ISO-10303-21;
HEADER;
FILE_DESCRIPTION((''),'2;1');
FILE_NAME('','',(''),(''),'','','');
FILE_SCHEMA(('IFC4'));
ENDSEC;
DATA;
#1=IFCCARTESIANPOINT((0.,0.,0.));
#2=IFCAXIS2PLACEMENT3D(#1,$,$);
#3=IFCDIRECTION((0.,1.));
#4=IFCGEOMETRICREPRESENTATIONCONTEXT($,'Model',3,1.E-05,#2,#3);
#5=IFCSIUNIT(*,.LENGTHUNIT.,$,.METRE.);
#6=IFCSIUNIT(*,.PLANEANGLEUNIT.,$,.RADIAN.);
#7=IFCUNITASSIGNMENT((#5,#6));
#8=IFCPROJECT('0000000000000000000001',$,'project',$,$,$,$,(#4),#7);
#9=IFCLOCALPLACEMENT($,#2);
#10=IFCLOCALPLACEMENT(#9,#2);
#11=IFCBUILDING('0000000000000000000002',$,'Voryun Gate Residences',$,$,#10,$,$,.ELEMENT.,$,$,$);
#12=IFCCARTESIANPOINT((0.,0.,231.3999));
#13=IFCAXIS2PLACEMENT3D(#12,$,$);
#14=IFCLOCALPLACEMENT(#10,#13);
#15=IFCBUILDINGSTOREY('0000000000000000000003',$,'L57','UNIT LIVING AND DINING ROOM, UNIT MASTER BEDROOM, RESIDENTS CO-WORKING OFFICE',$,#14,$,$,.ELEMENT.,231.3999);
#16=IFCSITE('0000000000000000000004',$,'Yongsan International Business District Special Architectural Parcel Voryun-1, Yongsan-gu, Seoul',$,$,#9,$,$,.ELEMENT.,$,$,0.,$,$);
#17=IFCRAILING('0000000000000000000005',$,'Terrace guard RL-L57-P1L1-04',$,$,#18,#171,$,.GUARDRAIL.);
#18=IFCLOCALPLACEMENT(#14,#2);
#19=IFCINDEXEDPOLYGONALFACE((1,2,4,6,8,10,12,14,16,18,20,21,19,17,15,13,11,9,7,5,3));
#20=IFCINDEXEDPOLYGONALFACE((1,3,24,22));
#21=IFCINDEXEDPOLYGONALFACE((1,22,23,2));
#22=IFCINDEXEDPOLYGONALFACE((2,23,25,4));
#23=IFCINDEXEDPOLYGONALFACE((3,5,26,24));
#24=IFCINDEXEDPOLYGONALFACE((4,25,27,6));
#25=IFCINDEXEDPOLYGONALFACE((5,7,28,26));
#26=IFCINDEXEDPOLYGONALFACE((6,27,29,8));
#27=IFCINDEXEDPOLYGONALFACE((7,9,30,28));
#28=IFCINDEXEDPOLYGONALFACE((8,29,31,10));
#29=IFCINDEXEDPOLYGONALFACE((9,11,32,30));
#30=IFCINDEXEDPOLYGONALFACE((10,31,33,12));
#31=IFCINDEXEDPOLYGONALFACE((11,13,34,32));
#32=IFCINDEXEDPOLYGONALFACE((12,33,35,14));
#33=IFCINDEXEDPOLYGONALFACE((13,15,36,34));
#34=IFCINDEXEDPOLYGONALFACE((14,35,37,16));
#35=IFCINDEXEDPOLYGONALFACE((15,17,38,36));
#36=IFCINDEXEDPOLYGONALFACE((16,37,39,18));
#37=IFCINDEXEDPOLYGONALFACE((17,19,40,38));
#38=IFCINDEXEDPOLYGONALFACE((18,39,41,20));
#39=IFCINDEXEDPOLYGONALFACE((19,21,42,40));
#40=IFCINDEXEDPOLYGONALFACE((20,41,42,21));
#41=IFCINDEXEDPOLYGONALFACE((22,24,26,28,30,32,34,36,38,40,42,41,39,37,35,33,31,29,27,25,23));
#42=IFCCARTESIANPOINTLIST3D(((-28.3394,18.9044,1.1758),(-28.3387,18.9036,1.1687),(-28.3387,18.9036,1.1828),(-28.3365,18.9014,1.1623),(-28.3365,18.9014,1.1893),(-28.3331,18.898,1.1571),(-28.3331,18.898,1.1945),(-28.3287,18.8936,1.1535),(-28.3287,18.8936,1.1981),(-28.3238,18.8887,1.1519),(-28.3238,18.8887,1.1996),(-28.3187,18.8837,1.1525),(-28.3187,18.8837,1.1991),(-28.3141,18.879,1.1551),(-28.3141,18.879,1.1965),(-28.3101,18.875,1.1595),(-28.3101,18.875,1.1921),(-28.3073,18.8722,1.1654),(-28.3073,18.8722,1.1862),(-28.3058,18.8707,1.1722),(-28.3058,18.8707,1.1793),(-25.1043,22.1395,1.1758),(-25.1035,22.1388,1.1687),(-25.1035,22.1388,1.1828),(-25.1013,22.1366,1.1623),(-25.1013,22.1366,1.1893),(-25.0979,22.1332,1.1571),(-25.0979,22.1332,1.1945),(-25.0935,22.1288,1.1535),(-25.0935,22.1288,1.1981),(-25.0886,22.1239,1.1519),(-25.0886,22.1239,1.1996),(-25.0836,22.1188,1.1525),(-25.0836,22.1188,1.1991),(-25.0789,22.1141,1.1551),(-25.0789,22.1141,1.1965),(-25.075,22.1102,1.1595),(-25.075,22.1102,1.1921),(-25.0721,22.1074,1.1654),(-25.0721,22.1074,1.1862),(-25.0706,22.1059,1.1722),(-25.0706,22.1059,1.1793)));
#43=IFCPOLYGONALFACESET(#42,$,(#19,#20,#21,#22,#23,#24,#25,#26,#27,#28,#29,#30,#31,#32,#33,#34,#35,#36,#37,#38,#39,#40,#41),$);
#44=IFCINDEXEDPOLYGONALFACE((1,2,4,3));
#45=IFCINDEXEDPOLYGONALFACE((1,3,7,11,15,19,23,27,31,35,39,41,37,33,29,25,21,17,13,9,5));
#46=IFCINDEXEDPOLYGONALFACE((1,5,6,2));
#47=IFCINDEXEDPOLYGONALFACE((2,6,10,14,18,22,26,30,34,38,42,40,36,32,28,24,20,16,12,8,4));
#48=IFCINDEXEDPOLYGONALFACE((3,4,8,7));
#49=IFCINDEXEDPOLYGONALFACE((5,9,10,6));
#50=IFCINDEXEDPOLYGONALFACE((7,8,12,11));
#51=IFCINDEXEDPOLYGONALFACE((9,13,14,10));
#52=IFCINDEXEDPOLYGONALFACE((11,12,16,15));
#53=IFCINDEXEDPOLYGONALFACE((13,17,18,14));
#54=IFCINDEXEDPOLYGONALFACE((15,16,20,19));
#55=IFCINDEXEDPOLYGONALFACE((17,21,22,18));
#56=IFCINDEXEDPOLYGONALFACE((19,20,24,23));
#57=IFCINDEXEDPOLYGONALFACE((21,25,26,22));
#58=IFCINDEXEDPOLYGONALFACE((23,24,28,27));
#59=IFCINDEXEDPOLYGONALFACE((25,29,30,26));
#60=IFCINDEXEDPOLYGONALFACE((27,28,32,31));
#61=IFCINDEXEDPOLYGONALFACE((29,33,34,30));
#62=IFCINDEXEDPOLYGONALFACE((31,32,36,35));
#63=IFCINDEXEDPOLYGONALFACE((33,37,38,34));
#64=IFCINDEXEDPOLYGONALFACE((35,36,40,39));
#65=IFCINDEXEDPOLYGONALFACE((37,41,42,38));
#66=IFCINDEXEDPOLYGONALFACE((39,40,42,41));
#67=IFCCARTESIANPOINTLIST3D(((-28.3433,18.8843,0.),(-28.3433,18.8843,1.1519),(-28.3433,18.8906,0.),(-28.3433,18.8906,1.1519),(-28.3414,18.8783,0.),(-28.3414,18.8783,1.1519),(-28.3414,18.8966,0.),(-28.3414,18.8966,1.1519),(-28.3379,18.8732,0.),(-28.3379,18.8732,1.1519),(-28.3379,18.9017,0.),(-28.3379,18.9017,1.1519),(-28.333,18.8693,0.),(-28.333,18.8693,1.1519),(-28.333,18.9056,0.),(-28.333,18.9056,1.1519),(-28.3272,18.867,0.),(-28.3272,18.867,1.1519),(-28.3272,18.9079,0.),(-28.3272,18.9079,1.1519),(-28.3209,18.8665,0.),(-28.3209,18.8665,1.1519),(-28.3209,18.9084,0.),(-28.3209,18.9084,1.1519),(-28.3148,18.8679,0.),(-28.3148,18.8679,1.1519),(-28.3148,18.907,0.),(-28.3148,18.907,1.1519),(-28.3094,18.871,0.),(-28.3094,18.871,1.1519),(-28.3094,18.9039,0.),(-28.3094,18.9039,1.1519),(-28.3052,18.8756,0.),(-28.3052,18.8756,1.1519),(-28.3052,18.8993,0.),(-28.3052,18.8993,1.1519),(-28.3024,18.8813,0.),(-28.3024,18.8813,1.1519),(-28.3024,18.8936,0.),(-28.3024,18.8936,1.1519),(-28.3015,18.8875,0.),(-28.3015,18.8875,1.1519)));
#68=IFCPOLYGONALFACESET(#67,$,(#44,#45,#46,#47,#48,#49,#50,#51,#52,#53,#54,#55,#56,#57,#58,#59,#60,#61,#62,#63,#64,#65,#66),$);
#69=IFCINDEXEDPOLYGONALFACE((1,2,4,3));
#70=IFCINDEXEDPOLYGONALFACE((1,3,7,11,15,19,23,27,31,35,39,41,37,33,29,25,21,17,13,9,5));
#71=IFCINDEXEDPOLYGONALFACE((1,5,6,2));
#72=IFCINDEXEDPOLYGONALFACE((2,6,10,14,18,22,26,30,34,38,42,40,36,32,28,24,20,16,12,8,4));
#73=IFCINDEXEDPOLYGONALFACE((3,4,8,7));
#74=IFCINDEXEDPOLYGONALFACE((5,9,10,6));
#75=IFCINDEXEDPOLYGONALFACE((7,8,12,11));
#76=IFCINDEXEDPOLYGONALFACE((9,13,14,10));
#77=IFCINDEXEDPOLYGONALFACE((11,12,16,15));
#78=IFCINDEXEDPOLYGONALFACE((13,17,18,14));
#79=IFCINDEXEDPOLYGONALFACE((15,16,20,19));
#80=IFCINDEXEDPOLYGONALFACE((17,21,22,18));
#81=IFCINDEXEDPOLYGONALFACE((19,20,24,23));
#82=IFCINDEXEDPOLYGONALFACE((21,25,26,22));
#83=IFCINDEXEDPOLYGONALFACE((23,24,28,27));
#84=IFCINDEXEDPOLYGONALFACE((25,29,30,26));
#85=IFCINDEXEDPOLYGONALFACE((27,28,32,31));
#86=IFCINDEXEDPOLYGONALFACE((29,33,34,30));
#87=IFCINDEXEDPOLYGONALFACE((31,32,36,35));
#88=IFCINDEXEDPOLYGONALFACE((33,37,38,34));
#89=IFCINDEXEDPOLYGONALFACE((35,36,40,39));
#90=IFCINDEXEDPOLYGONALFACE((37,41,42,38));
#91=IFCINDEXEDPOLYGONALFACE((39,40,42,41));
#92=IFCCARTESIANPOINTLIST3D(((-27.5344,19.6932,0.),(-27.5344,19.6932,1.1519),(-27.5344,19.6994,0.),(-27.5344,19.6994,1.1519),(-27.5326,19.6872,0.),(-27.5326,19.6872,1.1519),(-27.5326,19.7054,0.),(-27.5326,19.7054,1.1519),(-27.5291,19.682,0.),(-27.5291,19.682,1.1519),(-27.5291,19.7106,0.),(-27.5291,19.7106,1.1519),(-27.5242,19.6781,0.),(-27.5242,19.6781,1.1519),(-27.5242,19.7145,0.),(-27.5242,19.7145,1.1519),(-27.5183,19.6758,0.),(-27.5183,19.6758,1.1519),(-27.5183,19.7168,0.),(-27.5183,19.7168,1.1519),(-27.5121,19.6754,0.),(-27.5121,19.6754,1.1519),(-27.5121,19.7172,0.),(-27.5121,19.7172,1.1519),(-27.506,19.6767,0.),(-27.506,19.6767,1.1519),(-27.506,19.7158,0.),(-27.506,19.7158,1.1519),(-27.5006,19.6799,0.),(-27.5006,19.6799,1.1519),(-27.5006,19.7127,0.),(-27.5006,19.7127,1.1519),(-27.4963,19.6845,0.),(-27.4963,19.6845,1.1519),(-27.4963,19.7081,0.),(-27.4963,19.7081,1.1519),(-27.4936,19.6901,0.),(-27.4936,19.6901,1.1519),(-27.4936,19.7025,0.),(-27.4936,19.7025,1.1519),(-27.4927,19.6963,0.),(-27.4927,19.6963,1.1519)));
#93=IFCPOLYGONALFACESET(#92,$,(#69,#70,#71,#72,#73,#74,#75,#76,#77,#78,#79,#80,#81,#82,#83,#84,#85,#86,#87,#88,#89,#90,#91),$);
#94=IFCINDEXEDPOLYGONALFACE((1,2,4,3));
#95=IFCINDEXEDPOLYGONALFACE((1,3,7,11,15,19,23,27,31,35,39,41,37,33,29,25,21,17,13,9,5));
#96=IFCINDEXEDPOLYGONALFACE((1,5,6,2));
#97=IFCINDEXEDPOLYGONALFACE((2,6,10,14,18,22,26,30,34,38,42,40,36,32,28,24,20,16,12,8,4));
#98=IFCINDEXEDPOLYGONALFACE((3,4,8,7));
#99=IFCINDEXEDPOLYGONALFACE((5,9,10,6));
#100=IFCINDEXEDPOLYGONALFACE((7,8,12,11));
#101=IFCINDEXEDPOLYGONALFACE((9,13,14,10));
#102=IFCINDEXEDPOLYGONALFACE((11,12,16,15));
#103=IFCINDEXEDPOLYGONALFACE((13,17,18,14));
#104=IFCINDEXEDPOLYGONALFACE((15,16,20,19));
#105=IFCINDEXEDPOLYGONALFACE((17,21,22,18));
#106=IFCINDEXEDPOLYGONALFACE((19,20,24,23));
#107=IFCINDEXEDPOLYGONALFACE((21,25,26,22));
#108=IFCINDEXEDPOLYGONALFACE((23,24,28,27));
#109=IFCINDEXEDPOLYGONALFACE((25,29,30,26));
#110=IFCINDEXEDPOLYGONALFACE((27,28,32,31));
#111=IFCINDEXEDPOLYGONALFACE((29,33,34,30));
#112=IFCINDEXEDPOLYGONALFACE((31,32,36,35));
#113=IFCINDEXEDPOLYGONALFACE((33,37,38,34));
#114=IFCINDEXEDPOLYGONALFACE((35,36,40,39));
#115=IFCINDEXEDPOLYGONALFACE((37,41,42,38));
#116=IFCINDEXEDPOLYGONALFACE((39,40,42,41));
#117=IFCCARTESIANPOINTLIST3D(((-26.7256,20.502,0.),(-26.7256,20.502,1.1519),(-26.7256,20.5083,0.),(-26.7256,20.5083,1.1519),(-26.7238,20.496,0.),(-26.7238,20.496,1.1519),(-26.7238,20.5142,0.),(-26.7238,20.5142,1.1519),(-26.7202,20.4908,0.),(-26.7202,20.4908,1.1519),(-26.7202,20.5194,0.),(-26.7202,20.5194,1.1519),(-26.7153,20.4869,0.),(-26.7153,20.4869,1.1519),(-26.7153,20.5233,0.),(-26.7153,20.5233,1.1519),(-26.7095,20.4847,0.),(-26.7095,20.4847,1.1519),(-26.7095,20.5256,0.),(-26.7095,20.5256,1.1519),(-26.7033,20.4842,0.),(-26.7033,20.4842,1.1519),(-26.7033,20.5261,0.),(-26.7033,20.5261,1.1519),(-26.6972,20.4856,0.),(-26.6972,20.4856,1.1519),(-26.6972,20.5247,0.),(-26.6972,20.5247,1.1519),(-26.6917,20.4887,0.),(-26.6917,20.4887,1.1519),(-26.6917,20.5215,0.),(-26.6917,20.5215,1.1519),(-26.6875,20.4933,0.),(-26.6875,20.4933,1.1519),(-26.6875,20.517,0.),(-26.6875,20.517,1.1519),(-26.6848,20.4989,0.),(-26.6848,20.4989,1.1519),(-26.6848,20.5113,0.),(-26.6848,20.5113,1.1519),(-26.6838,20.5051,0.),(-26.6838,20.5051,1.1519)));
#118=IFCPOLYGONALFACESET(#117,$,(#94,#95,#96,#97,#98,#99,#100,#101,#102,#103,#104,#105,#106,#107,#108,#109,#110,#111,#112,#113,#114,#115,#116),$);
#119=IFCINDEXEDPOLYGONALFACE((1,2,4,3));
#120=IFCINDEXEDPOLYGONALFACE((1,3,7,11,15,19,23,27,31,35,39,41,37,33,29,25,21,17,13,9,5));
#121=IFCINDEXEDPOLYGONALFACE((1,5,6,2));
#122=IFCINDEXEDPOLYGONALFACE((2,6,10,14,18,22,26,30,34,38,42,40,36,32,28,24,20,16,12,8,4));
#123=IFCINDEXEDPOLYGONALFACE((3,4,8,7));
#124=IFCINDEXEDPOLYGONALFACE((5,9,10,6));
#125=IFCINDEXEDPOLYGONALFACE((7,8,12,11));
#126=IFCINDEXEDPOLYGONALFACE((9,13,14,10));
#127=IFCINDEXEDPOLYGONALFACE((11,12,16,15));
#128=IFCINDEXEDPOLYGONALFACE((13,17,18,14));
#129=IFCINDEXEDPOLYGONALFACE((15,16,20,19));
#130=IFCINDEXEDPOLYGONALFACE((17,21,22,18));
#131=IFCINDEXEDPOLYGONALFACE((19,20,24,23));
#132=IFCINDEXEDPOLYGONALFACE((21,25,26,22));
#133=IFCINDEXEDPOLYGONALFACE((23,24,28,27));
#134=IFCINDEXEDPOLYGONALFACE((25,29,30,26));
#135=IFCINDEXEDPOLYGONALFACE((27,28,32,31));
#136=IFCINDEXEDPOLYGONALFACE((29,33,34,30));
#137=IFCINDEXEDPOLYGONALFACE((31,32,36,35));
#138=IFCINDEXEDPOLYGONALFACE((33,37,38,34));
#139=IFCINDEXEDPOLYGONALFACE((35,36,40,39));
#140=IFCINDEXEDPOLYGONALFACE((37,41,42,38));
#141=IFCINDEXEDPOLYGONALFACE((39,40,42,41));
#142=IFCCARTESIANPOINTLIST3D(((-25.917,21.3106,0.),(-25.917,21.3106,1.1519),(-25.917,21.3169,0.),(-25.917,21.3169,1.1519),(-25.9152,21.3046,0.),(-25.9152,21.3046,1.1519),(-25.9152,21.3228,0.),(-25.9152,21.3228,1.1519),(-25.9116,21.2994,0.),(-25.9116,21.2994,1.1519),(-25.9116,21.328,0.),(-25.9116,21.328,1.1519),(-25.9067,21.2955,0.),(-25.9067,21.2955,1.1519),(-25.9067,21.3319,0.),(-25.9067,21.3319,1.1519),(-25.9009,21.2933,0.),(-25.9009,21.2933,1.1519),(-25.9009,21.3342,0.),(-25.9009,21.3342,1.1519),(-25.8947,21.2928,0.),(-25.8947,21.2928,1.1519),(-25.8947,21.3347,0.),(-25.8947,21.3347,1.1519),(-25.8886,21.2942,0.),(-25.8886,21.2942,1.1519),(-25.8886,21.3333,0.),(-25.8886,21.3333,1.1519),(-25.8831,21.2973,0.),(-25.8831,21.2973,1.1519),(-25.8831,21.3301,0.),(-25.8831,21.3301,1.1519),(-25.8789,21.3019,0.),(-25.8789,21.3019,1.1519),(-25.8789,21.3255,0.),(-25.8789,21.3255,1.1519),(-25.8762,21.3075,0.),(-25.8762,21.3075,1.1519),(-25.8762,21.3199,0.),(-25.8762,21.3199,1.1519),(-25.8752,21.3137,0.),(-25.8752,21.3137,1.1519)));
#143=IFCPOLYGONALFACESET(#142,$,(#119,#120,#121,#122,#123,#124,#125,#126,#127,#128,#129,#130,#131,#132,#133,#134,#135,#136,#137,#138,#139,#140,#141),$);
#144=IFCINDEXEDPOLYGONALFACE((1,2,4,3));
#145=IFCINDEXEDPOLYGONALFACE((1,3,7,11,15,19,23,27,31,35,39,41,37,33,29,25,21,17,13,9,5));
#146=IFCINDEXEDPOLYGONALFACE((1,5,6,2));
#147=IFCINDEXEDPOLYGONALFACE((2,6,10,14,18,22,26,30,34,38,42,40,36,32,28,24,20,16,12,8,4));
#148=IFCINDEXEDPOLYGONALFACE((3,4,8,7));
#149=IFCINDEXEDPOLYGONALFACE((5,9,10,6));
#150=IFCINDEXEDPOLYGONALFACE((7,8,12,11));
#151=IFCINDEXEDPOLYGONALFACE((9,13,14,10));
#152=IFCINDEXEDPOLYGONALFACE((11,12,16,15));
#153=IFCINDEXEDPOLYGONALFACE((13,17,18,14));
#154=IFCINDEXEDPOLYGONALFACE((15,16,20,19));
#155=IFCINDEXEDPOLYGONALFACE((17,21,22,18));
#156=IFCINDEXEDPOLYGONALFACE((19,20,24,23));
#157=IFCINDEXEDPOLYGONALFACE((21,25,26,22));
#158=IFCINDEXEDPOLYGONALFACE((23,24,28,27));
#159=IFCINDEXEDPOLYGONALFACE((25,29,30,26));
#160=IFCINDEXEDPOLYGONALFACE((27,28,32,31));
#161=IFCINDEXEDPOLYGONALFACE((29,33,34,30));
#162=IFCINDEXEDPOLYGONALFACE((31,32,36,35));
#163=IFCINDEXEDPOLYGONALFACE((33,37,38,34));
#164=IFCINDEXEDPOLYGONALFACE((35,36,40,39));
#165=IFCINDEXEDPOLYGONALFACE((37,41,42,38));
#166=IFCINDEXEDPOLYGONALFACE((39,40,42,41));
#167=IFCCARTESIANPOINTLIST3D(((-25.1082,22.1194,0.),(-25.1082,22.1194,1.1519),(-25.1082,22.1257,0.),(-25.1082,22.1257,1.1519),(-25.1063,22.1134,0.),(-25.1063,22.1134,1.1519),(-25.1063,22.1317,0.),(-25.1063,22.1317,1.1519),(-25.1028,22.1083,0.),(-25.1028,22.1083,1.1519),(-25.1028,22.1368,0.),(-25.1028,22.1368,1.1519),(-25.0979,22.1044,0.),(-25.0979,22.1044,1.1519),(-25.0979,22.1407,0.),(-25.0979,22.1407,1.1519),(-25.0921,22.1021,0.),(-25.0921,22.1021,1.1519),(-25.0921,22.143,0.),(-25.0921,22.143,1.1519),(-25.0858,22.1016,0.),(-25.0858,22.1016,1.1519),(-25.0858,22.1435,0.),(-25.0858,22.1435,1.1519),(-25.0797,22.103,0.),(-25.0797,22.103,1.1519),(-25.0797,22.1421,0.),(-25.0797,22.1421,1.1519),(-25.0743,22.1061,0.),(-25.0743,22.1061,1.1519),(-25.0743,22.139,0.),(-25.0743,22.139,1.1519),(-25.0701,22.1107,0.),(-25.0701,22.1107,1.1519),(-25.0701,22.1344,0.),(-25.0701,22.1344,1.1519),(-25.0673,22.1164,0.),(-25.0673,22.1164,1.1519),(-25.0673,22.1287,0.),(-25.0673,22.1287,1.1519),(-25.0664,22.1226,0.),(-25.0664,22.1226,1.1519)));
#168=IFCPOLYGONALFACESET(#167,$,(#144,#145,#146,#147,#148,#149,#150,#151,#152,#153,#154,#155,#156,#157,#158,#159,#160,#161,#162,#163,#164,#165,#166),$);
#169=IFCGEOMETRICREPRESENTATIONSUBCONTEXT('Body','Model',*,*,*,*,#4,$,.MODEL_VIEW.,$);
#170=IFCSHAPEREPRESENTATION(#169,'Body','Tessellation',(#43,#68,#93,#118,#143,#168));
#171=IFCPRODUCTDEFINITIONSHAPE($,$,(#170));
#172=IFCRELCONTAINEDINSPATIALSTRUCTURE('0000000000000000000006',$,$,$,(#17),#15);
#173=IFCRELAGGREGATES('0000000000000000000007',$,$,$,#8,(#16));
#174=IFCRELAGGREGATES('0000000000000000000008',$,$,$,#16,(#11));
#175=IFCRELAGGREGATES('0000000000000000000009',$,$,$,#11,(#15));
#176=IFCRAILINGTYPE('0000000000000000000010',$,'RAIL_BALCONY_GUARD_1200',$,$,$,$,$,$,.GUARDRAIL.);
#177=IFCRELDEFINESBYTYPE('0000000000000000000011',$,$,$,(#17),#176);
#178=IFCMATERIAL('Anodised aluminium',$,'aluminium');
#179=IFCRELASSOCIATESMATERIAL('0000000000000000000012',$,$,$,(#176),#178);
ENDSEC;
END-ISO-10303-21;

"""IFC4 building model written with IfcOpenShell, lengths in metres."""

from ifc_helpers import new_model, si_unit, direction, frame, origin, origin_2d, place, context, subcontext, project, spatial, circle, extrude, material, type_object, element, save


model = new_model("IFC4")

# Units and contexts
model_context = context("Model", 3, precision=1e-05, world=origin(), true_north=direction((0.0, 1.0)))
body_context = subcontext(model_context, "Body", "Model", "MODEL_VIEW")
ifc_project = project(units=[si_unit("LENGTHUNIT", "METRE"), si_unit("PLANEANGLEUNIT", "RADIAN")], contexts=[model_context])

# Site, building, storey
site_placement = place(None, origin())
site = spatial("IfcSite", under=ifc_project, at=site_placement, Name="Yongsan International Business District Special Architectural Parcel Voryun-1, Yongsan-gu, Seoul", CompositionType="ELEMENT", RefElevation=0.0)
building_placement = place(site_placement, origin())
building = spatial("IfcBuilding", under=site, at=building_placement, Name="Voryun Gate Residences", CompositionType="ELEMENT")
storey_placement = place(building_placement, frame((0.0, 0.0, 231.3999)))
storey = spatial("IfcBuildingStorey", under=building, at=storey_placement, Name="L57", Description="UNIT LIVING AND DINING ROOM, UNIT MASTER BEDROOM, RESIDENTS CO-WORKING OFFICE", CompositionType="ELEMENT", Elevation=231.3999)

# Railing
ifc_material_1 = material(Name="Anodised aluminium", Category="aluminium")
railing_type = type_object("IfcRailingType", Name="RAIL_BALCONY_GUARD_1200", PredefinedType="GUARDRAIL", material=ifc_material_1)
railing_1_placement = place(storey_placement, frame((-28.3225, 18.8875, 0.0)))
element("IfcRailing", 1, at=railing_1_placement, inside=storey, type_object=railing_type, Name="Terrace guard RL-L57-P1L1-04", PredefinedType="GUARDRAIL", context=body_context, shape_type="SweptSolid", body=[
    extrude(circle(Radius=0.0239, at=origin_2d()), frame((0.0, 0.0, 1.1758), z_axis=(0.707107, 0.707107, 0.0), x_axis=(-0.707107, 0.707107, 0.0)), (0.0, 0.0, 1.0), 4.5752),
    extrude(circle(Radius=0.021, at=origin_2d()), origin(), (0.0, 0.0, 1.0), 1.1519),
    extrude(circle(Radius=0.021, at=origin_2d()), frame((0.8088, 0.8088, 0.0)), (0.0, 0.0, 1.0), 1.1519),
    extrude(circle(Radius=0.021, at=origin_2d()), frame((1.6177, 1.6177, 0.0)), (0.0, 0.0, 1.0), 1.1519),
    extrude(circle(Radius=0.021, at=origin_2d()), frame((2.4263, 2.4263, 0.0)), (0.0, 0.0, 1.0), 1.1519),
    extrude(circle(Radius=0.021, at=origin_2d()), frame((3.2351, 3.2351, 0.0)), (0.0, 0.0, 1.0), 1.1519),
])

save(model, "model.ifc")
